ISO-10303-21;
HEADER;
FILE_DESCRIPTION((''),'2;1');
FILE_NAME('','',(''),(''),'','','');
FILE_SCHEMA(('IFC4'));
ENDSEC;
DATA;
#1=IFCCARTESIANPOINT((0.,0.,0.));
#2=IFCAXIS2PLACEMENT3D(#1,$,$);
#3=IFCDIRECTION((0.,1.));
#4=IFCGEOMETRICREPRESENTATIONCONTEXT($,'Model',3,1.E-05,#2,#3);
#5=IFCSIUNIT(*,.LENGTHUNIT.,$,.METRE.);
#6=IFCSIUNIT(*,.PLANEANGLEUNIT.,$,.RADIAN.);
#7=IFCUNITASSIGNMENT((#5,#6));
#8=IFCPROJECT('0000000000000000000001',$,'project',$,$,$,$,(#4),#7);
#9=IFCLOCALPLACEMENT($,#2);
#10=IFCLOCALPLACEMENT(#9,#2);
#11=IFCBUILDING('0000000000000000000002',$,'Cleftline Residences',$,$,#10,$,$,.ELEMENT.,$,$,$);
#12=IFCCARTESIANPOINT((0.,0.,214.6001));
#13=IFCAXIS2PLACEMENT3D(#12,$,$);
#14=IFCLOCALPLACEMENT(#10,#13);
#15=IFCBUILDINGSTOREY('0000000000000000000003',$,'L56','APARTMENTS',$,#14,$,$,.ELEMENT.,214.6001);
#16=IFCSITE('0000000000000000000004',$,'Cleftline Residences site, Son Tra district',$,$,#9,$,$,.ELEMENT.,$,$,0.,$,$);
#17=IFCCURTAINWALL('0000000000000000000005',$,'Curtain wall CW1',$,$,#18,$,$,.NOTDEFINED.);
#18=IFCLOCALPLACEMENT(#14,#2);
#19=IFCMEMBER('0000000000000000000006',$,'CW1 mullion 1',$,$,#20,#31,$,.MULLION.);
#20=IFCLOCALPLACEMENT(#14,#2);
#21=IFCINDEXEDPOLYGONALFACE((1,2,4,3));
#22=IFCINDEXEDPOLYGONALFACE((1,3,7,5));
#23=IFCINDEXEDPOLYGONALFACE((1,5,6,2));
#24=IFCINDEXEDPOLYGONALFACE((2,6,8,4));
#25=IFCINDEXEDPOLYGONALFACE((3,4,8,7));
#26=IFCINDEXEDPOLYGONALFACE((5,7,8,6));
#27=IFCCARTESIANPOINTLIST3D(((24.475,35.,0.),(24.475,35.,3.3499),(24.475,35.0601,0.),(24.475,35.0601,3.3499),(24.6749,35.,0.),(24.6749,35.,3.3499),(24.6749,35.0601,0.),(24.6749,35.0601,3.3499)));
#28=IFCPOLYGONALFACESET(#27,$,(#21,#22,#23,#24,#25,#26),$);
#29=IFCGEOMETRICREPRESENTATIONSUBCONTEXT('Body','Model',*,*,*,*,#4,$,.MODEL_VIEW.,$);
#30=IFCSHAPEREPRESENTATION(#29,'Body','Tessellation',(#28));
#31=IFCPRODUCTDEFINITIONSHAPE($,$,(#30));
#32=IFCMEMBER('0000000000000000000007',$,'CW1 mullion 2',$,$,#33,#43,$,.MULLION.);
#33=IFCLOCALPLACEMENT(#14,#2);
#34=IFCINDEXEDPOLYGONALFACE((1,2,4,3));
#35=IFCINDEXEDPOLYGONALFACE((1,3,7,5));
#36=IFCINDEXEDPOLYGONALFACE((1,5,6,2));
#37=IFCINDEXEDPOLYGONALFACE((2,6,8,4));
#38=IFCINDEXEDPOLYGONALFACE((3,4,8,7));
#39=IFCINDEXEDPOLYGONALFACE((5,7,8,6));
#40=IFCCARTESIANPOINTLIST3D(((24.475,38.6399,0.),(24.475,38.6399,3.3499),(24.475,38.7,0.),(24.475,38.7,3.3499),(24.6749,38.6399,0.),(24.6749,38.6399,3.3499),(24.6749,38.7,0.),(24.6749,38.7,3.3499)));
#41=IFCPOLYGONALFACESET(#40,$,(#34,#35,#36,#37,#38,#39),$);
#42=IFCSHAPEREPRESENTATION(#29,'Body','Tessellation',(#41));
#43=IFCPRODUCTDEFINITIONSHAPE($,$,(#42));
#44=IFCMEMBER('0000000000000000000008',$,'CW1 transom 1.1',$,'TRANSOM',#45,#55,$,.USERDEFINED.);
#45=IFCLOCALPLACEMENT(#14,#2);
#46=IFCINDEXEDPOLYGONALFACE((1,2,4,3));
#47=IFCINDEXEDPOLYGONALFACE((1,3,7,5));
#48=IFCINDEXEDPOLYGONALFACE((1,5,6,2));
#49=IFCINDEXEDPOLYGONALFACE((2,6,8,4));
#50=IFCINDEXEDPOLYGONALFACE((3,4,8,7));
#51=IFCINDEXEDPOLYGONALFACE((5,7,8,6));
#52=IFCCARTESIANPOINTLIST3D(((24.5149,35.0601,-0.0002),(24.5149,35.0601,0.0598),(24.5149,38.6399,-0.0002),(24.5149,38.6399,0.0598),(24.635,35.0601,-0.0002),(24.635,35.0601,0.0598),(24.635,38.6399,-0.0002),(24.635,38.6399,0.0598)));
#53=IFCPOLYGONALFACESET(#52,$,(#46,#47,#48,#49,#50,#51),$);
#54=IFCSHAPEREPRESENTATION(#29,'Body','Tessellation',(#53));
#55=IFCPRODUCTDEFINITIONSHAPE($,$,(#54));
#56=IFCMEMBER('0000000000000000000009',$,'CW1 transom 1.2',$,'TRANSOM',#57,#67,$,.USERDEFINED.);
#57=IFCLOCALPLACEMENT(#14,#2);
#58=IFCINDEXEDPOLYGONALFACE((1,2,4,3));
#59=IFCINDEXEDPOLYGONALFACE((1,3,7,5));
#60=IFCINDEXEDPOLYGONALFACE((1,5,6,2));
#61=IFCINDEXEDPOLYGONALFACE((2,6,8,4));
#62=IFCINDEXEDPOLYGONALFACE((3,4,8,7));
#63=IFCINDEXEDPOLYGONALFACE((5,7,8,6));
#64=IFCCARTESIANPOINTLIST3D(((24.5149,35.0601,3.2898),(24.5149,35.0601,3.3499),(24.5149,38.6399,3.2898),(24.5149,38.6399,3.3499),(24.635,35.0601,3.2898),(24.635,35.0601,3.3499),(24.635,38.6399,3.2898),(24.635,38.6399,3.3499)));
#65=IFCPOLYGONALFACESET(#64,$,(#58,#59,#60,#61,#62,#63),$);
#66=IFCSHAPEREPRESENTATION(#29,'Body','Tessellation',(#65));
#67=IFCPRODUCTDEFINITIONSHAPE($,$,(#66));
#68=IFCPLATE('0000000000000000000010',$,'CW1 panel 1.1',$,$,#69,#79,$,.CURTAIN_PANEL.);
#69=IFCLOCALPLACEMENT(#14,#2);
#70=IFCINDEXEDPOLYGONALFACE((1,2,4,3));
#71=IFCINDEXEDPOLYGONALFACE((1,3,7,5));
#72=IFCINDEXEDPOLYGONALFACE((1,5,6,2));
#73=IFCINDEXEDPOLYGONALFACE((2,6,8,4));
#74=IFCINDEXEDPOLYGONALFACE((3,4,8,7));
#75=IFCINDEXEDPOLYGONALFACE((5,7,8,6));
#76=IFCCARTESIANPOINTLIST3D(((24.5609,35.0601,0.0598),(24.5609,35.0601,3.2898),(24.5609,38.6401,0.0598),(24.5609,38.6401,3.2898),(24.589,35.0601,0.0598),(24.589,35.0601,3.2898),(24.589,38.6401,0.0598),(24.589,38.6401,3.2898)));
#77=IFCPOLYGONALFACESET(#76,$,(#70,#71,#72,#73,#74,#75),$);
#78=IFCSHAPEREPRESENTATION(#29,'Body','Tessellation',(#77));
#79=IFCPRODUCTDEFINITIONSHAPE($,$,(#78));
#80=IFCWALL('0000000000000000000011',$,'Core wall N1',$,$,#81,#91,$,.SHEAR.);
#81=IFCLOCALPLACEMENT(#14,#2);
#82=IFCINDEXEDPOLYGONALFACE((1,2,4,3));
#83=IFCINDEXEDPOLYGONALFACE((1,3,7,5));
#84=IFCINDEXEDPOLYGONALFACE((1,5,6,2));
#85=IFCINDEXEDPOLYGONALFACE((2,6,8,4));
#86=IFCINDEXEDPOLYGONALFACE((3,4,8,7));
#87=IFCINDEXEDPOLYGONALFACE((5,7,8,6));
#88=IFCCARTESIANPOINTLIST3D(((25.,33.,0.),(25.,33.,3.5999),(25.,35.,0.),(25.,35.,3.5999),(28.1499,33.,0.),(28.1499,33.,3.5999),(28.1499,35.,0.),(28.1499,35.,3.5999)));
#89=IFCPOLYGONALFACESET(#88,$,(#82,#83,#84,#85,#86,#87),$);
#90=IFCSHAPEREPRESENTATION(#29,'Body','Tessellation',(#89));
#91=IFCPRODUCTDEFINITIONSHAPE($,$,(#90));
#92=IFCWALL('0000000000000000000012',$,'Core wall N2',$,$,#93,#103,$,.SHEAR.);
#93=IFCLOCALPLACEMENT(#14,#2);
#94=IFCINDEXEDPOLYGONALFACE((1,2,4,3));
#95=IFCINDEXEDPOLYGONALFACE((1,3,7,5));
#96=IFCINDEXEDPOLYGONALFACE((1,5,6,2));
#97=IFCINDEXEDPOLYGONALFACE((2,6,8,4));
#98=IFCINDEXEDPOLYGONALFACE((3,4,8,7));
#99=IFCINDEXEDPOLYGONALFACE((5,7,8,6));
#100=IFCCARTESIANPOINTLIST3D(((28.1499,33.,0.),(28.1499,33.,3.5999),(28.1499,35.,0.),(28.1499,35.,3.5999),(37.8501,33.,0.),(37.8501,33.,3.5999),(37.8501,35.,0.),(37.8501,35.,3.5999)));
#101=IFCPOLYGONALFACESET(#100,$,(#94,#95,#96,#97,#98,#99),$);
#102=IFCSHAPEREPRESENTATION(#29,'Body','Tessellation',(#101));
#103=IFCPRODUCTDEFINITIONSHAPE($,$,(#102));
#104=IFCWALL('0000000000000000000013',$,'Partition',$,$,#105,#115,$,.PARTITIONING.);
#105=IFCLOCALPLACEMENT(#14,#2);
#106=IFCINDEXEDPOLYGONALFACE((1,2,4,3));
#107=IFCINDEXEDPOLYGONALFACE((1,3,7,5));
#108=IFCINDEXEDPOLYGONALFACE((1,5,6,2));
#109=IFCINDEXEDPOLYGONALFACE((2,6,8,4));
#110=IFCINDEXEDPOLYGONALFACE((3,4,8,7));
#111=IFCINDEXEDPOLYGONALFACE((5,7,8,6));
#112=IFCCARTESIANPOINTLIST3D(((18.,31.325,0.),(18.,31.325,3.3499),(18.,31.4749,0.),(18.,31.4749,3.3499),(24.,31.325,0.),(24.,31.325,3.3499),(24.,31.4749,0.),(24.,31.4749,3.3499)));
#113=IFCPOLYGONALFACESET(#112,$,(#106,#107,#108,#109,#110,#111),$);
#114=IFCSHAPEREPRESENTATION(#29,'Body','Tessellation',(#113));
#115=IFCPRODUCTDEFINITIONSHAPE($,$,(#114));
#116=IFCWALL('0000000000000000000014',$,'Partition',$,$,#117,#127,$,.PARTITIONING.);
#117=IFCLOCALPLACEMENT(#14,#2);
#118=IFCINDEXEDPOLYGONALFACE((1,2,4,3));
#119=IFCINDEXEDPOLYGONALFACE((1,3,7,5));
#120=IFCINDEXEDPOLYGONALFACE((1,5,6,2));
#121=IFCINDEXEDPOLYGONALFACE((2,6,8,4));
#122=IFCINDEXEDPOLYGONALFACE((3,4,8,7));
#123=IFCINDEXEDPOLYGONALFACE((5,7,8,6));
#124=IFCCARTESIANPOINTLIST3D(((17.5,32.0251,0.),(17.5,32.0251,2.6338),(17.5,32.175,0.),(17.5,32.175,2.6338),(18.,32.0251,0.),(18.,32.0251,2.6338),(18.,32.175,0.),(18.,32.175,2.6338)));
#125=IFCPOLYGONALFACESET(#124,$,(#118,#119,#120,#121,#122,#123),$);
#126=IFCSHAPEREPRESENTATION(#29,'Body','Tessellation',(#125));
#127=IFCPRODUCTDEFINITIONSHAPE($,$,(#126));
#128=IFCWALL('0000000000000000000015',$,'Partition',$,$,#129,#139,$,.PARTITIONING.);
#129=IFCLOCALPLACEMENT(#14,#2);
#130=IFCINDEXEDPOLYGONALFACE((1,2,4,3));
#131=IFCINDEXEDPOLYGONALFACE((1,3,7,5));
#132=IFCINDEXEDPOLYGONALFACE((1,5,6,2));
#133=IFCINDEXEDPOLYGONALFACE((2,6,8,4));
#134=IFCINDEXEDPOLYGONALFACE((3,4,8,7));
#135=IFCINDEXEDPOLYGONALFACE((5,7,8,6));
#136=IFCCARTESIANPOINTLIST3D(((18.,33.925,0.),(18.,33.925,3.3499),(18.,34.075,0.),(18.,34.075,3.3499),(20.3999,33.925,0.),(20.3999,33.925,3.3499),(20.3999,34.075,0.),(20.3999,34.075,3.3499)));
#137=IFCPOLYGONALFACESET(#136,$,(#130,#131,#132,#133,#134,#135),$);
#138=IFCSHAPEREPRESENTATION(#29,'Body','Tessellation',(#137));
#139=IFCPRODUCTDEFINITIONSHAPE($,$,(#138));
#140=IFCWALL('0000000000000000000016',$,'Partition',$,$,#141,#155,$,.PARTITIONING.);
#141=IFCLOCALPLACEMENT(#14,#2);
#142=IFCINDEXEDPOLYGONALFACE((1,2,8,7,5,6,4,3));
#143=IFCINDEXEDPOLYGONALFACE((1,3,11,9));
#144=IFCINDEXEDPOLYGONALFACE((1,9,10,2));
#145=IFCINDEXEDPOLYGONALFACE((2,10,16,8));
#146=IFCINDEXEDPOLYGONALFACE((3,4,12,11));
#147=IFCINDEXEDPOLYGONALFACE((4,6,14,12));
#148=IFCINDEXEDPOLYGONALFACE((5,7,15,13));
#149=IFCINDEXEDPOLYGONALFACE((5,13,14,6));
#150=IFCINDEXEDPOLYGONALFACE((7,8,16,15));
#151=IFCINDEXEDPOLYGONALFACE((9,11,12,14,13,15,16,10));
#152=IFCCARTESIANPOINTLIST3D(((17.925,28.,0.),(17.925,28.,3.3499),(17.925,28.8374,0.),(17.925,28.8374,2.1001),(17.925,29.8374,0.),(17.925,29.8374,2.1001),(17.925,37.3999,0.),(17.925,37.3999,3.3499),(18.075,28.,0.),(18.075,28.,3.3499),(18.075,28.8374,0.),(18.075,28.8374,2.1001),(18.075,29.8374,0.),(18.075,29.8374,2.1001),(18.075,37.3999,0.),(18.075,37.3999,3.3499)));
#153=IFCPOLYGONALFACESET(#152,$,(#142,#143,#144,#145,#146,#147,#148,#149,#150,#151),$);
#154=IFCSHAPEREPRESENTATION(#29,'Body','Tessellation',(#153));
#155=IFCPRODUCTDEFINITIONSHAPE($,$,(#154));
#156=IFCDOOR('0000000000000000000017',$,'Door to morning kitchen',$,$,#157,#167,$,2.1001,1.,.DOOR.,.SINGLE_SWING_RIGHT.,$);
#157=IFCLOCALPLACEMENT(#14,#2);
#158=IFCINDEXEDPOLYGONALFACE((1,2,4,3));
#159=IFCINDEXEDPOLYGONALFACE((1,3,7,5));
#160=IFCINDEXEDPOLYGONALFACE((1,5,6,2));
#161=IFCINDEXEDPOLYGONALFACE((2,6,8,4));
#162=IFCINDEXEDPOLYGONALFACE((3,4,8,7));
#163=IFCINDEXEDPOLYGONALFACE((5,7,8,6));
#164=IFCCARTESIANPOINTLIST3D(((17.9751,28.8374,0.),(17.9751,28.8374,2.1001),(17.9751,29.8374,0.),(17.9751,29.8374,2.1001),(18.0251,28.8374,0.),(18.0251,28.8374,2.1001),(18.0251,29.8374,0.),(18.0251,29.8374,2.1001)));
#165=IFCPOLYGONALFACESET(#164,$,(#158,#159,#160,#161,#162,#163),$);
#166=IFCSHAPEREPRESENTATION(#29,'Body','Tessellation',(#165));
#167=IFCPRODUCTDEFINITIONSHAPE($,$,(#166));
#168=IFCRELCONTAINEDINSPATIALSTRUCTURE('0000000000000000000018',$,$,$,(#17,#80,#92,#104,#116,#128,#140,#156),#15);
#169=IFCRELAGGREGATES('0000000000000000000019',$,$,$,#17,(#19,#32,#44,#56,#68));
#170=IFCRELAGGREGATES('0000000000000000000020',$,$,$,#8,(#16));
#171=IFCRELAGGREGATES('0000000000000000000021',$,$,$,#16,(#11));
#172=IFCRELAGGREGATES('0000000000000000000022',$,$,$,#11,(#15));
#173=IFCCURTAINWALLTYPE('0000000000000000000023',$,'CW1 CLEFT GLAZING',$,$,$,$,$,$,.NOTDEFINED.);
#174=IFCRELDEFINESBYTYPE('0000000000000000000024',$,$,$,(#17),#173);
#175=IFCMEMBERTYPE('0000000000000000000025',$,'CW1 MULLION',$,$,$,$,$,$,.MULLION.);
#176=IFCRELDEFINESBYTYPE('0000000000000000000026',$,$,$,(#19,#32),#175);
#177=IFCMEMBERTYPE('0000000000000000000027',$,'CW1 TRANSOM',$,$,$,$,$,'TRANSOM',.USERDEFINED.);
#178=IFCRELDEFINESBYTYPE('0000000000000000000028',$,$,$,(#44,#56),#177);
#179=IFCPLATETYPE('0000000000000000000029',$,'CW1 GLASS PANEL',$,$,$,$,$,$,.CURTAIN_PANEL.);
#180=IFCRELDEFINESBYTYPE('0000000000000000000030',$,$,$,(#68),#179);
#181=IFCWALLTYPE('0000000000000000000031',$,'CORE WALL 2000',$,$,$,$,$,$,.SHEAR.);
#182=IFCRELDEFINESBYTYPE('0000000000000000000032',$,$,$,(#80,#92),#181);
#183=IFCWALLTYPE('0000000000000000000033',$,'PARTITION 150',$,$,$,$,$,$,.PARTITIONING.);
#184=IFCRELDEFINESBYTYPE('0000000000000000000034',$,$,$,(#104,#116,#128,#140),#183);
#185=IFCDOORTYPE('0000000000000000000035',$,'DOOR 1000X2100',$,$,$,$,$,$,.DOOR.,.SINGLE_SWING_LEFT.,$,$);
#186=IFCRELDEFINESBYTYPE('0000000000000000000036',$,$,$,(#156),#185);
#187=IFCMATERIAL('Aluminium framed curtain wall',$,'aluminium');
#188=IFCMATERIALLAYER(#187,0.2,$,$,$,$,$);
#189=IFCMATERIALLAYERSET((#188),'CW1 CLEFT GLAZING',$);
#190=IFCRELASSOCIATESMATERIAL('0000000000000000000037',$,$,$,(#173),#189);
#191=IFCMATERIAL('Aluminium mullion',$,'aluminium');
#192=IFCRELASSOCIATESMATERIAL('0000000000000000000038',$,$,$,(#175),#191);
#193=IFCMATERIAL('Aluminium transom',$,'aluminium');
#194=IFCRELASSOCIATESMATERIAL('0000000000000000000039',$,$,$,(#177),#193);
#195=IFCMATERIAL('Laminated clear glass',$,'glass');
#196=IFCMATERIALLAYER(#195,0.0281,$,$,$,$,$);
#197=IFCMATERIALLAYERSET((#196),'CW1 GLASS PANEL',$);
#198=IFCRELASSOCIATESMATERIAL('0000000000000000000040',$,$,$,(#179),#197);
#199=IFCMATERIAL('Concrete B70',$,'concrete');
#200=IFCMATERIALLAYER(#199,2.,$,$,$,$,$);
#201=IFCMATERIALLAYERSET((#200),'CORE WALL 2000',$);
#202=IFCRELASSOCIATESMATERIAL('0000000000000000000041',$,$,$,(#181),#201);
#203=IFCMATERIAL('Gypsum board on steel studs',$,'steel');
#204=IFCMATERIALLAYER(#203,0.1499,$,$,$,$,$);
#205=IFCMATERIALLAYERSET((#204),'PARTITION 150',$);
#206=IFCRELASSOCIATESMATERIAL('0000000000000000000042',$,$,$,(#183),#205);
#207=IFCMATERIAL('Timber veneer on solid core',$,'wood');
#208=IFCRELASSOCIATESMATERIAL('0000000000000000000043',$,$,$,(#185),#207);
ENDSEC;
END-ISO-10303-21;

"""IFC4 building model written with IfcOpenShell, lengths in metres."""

from ifc_helpers import new_model, si_unit, direction, frame, frame_2d, origin, origin_2d, place, context, subcontext, project, spatial, rectangle, extrude, material, layer, layer_set, material_profile, profile_set, type_object, element, fill, aggregate, save


model = new_model("IFC4")

# Units and contexts
model_context = context("Model", 3, precision=1e-05, world=origin(), true_north=direction((0.0, 1.0)))
body_context = subcontext(model_context, "Body", "Model", "MODEL_VIEW")
ifc_project = project(units=[si_unit("LENGTHUNIT", "METRE"), si_unit("PLANEANGLEUNIT", "RADIAN")], contexts=[model_context])

# Site, building, storey
site_placement = place(None, origin())
site = spatial("IfcSite", under=ifc_project, at=site_placement, Name="Cleftline Residences site, Son Tra district", CompositionType="ELEMENT", RefElevation=0.0)
building_placement = place(site_placement, origin())
building = spatial("IfcBuilding", under=site, at=building_placement, Name="Cleftline Residences", CompositionType="ELEMENT")
storey_placement = place(building_placement, frame((0.0, 0.0, 214.6001)))
storey = spatial("IfcBuildingStorey", under=building, at=storey_placement, Name="L56", Description="APARTMENTS", CompositionType="ELEMENT", Elevation=214.6001)

# Curtain wall, members, plate
ifc_material_1 = material(Name="Aluminium framed curtain wall", Category="aluminium")
ifc_layer_1 = layer(ifc_material_1, 0.2)
ifc_layer_set_1 = layer_set([ifc_layer_1], Name="CW1 CLEFT GLAZING")
curtain_wall_type = type_object("IfcCurtainWallType", Name="CW1 CLEFT GLAZING", PredefinedType="NOTDEFINED", material=ifc_layer_set_1)
curtain_wall_placement = place(storey_placement, origin())
curtain_wall = element("IfcCurtainWall", 1, at=curtain_wall_placement, inside=storey, type_object=curtain_wall_type, Name="Curtain wall CW1", PredefinedType="NOTDEFINED")
ifc_material_2 = material(Name="Aluminium mullion", Category="aluminium")
ifc_material_profile_1 = material_profile(ifc_material_2, rectangle(XDim=0.2, YDim=0.0601, at=origin_2d()))
ifc_profile_set_1 = profile_set([ifc_material_profile_1], Name="Aluminium mullion")
member_type_1 = type_object("IfcMemberType", Name="CW1 MULLION", PredefinedType="MULLION", material=ifc_profile_set_1)
member_1_placement = place(storey_placement, frame((24.575, 35.03, 0.0), z_axis=(0.0, 0.0, 1.0), x_axis=(-1.0, 0.0, 0.0)))
member_1 = element("IfcMember", 2, at=member_1_placement, type_object=member_type_1, Name="CW1 mullion 1", PredefinedType="MULLION", context=body_context, shape_type="SweptSolid", body=[
    extrude(rectangle(XDim=0.2, YDim=0.0601, at=origin_2d()), origin(), (0.0, 0.0, 1.0), 3.3499),
])
member_2_placement = place(storey_placement, frame((24.575, 38.6699, 0.0), z_axis=(0.0, 0.0, 1.0), x_axis=(-1.0, 0.0, 0.0)))
member_2 = element("IfcMember", 3, at=member_2_placement, type_object=member_type_1, Name="CW1 mullion 2", PredefinedType="MULLION", context=body_context, shape_type="SweptSolid", body=[
    extrude(rectangle(XDim=0.2, YDim=0.0601, at=origin_2d()), origin(), (0.0, 0.0, 1.0), 3.3499),
])
ifc_material_3 = material(Name="Aluminium transom", Category="aluminium")
ifc_material_profile_2 = material_profile(ifc_material_3, rectangle(XDim=0.1201, YDim=0.0601, at=origin_2d()))
ifc_profile_set_2 = profile_set([ifc_material_profile_2], Name="Aluminium transom")
member_type_2 = type_object("IfcMemberType", Name="CW1 TRANSOM", ElementType="TRANSOM", PredefinedType="USERDEFINED", material=ifc_profile_set_2)
member_3_placement = place(storey_placement, frame((24.575, 35.0601, 0.0298), z_axis=(0.0, 1.0, 0.0), x_axis=(-1.0, 0.0, 0.0)))
member_3 = element("IfcMember", 4, at=member_3_placement, type_object=member_type_2, Name="CW1 transom 1.1", ObjectType="TRANSOM", PredefinedType="USERDEFINED", context=body_context, shape_type="SweptSolid", body=[
    extrude(rectangle(XDim=0.1201, YDim=0.0601, at=origin_2d()), origin(), (0.0, 0.0, 1.0), 3.5798),
])
member_4_placement = place(storey_placement, frame((24.575, 35.0601, 3.3198), z_axis=(0.0, 1.0, 0.0), x_axis=(-1.0, 0.0, 0.0)))
member_4 = element("IfcMember", 5, at=member_4_placement, type_object=member_type_2, Name="CW1 transom 1.2", ObjectType="TRANSOM", PredefinedType="USERDEFINED", context=body_context, shape_type="SweptSolid", body=[
    extrude(rectangle(XDim=0.1201, YDim=0.0601, at=origin_2d()), origin(), (0.0, 0.0, 1.0), 3.5798),
])
ifc_material_4 = material(Name="Laminated clear glass", Category="glass")
ifc_layer_2 = layer(ifc_material_4, 0.0281)
ifc_layer_set_2 = layer_set([ifc_layer_2], Name="CW1 GLASS PANEL")
plate_type = type_object("IfcPlateType", Name="CW1 GLASS PANEL", PredefinedType="CURTAIN_PANEL", material=ifc_layer_set_2)
plate_placement = place(storey_placement, frame((24.575, 36.8501, 0.0598), z_axis=(0.0, 0.0, 1.0), x_axis=(0.0, 1.0, 0.0)))
plate = element("IfcPlate", 6, at=plate_placement, type_object=plate_type, Name="CW1 panel 1.1", PredefinedType="CURTAIN_PANEL", context=body_context, shape_type="SweptSolid", body=[
    extrude(rectangle(XDim=3.5801, YDim=0.0281, at=origin_2d()), origin(), (0.0, 0.0, 1.0), 3.23),
])
aggregate(curtain_wall, [member_1, member_2, member_3, member_4, plate])

# Walls
ifc_material_5 = material(Name="Concrete B70", Category="concrete")
ifc_layer_3 = layer(ifc_material_5, 2.0)
ifc_layer_set_3 = layer_set([ifc_layer_3], Name="CORE WALL 2000")
wall_type_1 = type_object("IfcWallType", Name="CORE WALL 2000", PredefinedType="SHEAR", material=ifc_layer_set_3)
wall_1_placement = place(storey_placement, frame((25.0, 34.0, 0.0), z_axis=(0.0, 0.0, 1.0), x_axis=(1.0, 0.0, 0.0)))
element("IfcWall", 7, at=wall_1_placement, inside=storey, type_object=wall_type_1, Name="Core wall N1", PredefinedType="SHEAR", context=body_context, shape_type="SweptSolid", body=[
    extrude(rectangle(XDim=3.1499, YDim=2.0, at=frame_2d((1.575, 0.0))), origin(), (0.0, 0.0, 1.0), 3.5999),
])
wall_2_placement = place(storey_placement, frame((28.1499, 34.0, 0.0), z_axis=(0.0, 0.0, 1.0), x_axis=(1.0, 0.0, 0.0)))
element("IfcWall", 8, at=wall_2_placement, inside=storey, type_object=wall_type_1, Name="Core wall N2", PredefinedType="SHEAR", context=body_context, shape_type="SweptSolid", body=[
    extrude(rectangle(XDim=9.7002, YDim=2.0, at=frame_2d((4.8501, 0.0))), origin(), (0.0, 0.0, 1.0), 3.5999),
])
ifc_material_6 = material(Name="Gypsum board on steel studs", Category="steel")
ifc_layer_4 = layer(ifc_material_6, 0.1499)
ifc_layer_set_4 = layer_set([ifc_layer_4], Name="PARTITION 150")
wall_type_2 = type_object("IfcWallType", Name="PARTITION 150", PredefinedType="PARTITIONING", material=ifc_layer_set_4)
wall_3_placement = place(storey_placement, frame((18.0, 31.3999, 0.0), z_axis=(0.0, 0.0, 1.0), x_axis=(1.0, 0.0, 0.0)))
element("IfcWall", 9, at=wall_3_placement, inside=storey, type_object=wall_type_2, Name="Partition", PredefinedType="PARTITIONING", context=body_context, shape_type="SweptSolid", body=[
    extrude(rectangle(XDim=6.0, YDim=0.1499, at=frame_2d((3.0, 0.0))), origin(), (0.0, 0.0, 1.0), 3.3499),
])
wall_4_placement = place(storey_placement, frame((17.5, 32.1001, 0.0), z_axis=(0.0, 0.0, 1.0), x_axis=(1.0, 0.0, 0.0)))
element("IfcWall", 10, at=wall_4_placement, inside=storey, type_object=wall_type_2, Name="Partition", PredefinedType="PARTITIONING", context=body_context, shape_type="SweptSolid", body=[
    extrude(rectangle(XDim=0.5, YDim=0.1499, at=frame_2d((0.25, 0.0))), origin(), (0.0, 0.0, 1.0), 2.6338),
])
wall_5_placement = place(storey_placement, frame((18.0, 34.0, 0.0), z_axis=(0.0, 0.0, 1.0), x_axis=(1.0, 0.0, 0.0)))
element("IfcWall", 11, at=wall_5_placement, inside=storey, type_object=wall_type_2, Name="Partition", PredefinedType="PARTITIONING", context=body_context, shape_type="SweptSolid", body=[
    extrude(rectangle(XDim=2.3999, YDim=0.1499, at=frame_2d((1.2, 0.0))), origin(), (0.0, 0.0, 1.0), 3.3499),
])

# Wall, opening, door
wall_6_placement = place(storey_placement, frame((18.0, 28.0, 0.0), z_axis=(0.0, 0.0, 1.0), x_axis=(0.0, 1.0, 0.0)))
wall_6 = element("IfcWall", 12, at=wall_6_placement, inside=storey, type_object=wall_type_2, Name="Partition", PredefinedType="PARTITIONING", context=body_context, shape_type="SweptSolid", body=[
    extrude(rectangle(XDim=9.3999, YDim=0.1499, at=frame_2d((4.7, 0.0))), origin(), (0.0, 0.0, 1.0), 3.3499),
])
opening_1_placement = place(wall_6_placement, frame((0.8374, 0.0, 0.0)))
opening_1 = element("IfcOpeningElement", 13, at=opening_1_placement, cuts=wall_6, PredefinedType="OPENING", context=body_context, shape_type="SweptSolid", body=[
    extrude(rectangle(XDim=1.0, YDim=2.1001, at=frame_2d((0.5, 1.05))), frame((0.0, 0.085, 0.0), z_axis=(0.0, -1.0, 0.0), x_axis=(1.0, 0.0, 0.0)), (0.0, 0.0, 1.0), 0.1699),
])
ifc_material_7 = material(Name="Timber veneer on solid core", Category="wood")
door_type_1 = type_object("IfcDoorType", Name="DOOR 1000X2100", OperationType="SINGLE_SWING_LEFT", PredefinedType="DOOR", material=ifc_material_7)
door_1_placement = place(opening_1_placement, origin())
door_1 = element("IfcDoor", 14, at=door_1_placement, inside=storey, type_object=door_type_1, Name="Door to morning kitchen", OperationType="SINGLE_SWING_RIGHT", OverallHeight=2.1001, OverallWidth=1.0, PredefinedType="DOOR", context=body_context, shape_type="SweptSolid", body=[
    extrude(rectangle(XDim=1.0, YDim=2.1001, at=frame_2d((0.5, 1.05))), frame((0.0, 0.0249, 0.0), z_axis=(0.0, -1.0, 0.0), x_axis=(1.0, 0.0, 0.0)), (0.0, 0.0, 1.0), 0.05),
])
fill(opening_1, door_1)

save(model, "model.ifc")
